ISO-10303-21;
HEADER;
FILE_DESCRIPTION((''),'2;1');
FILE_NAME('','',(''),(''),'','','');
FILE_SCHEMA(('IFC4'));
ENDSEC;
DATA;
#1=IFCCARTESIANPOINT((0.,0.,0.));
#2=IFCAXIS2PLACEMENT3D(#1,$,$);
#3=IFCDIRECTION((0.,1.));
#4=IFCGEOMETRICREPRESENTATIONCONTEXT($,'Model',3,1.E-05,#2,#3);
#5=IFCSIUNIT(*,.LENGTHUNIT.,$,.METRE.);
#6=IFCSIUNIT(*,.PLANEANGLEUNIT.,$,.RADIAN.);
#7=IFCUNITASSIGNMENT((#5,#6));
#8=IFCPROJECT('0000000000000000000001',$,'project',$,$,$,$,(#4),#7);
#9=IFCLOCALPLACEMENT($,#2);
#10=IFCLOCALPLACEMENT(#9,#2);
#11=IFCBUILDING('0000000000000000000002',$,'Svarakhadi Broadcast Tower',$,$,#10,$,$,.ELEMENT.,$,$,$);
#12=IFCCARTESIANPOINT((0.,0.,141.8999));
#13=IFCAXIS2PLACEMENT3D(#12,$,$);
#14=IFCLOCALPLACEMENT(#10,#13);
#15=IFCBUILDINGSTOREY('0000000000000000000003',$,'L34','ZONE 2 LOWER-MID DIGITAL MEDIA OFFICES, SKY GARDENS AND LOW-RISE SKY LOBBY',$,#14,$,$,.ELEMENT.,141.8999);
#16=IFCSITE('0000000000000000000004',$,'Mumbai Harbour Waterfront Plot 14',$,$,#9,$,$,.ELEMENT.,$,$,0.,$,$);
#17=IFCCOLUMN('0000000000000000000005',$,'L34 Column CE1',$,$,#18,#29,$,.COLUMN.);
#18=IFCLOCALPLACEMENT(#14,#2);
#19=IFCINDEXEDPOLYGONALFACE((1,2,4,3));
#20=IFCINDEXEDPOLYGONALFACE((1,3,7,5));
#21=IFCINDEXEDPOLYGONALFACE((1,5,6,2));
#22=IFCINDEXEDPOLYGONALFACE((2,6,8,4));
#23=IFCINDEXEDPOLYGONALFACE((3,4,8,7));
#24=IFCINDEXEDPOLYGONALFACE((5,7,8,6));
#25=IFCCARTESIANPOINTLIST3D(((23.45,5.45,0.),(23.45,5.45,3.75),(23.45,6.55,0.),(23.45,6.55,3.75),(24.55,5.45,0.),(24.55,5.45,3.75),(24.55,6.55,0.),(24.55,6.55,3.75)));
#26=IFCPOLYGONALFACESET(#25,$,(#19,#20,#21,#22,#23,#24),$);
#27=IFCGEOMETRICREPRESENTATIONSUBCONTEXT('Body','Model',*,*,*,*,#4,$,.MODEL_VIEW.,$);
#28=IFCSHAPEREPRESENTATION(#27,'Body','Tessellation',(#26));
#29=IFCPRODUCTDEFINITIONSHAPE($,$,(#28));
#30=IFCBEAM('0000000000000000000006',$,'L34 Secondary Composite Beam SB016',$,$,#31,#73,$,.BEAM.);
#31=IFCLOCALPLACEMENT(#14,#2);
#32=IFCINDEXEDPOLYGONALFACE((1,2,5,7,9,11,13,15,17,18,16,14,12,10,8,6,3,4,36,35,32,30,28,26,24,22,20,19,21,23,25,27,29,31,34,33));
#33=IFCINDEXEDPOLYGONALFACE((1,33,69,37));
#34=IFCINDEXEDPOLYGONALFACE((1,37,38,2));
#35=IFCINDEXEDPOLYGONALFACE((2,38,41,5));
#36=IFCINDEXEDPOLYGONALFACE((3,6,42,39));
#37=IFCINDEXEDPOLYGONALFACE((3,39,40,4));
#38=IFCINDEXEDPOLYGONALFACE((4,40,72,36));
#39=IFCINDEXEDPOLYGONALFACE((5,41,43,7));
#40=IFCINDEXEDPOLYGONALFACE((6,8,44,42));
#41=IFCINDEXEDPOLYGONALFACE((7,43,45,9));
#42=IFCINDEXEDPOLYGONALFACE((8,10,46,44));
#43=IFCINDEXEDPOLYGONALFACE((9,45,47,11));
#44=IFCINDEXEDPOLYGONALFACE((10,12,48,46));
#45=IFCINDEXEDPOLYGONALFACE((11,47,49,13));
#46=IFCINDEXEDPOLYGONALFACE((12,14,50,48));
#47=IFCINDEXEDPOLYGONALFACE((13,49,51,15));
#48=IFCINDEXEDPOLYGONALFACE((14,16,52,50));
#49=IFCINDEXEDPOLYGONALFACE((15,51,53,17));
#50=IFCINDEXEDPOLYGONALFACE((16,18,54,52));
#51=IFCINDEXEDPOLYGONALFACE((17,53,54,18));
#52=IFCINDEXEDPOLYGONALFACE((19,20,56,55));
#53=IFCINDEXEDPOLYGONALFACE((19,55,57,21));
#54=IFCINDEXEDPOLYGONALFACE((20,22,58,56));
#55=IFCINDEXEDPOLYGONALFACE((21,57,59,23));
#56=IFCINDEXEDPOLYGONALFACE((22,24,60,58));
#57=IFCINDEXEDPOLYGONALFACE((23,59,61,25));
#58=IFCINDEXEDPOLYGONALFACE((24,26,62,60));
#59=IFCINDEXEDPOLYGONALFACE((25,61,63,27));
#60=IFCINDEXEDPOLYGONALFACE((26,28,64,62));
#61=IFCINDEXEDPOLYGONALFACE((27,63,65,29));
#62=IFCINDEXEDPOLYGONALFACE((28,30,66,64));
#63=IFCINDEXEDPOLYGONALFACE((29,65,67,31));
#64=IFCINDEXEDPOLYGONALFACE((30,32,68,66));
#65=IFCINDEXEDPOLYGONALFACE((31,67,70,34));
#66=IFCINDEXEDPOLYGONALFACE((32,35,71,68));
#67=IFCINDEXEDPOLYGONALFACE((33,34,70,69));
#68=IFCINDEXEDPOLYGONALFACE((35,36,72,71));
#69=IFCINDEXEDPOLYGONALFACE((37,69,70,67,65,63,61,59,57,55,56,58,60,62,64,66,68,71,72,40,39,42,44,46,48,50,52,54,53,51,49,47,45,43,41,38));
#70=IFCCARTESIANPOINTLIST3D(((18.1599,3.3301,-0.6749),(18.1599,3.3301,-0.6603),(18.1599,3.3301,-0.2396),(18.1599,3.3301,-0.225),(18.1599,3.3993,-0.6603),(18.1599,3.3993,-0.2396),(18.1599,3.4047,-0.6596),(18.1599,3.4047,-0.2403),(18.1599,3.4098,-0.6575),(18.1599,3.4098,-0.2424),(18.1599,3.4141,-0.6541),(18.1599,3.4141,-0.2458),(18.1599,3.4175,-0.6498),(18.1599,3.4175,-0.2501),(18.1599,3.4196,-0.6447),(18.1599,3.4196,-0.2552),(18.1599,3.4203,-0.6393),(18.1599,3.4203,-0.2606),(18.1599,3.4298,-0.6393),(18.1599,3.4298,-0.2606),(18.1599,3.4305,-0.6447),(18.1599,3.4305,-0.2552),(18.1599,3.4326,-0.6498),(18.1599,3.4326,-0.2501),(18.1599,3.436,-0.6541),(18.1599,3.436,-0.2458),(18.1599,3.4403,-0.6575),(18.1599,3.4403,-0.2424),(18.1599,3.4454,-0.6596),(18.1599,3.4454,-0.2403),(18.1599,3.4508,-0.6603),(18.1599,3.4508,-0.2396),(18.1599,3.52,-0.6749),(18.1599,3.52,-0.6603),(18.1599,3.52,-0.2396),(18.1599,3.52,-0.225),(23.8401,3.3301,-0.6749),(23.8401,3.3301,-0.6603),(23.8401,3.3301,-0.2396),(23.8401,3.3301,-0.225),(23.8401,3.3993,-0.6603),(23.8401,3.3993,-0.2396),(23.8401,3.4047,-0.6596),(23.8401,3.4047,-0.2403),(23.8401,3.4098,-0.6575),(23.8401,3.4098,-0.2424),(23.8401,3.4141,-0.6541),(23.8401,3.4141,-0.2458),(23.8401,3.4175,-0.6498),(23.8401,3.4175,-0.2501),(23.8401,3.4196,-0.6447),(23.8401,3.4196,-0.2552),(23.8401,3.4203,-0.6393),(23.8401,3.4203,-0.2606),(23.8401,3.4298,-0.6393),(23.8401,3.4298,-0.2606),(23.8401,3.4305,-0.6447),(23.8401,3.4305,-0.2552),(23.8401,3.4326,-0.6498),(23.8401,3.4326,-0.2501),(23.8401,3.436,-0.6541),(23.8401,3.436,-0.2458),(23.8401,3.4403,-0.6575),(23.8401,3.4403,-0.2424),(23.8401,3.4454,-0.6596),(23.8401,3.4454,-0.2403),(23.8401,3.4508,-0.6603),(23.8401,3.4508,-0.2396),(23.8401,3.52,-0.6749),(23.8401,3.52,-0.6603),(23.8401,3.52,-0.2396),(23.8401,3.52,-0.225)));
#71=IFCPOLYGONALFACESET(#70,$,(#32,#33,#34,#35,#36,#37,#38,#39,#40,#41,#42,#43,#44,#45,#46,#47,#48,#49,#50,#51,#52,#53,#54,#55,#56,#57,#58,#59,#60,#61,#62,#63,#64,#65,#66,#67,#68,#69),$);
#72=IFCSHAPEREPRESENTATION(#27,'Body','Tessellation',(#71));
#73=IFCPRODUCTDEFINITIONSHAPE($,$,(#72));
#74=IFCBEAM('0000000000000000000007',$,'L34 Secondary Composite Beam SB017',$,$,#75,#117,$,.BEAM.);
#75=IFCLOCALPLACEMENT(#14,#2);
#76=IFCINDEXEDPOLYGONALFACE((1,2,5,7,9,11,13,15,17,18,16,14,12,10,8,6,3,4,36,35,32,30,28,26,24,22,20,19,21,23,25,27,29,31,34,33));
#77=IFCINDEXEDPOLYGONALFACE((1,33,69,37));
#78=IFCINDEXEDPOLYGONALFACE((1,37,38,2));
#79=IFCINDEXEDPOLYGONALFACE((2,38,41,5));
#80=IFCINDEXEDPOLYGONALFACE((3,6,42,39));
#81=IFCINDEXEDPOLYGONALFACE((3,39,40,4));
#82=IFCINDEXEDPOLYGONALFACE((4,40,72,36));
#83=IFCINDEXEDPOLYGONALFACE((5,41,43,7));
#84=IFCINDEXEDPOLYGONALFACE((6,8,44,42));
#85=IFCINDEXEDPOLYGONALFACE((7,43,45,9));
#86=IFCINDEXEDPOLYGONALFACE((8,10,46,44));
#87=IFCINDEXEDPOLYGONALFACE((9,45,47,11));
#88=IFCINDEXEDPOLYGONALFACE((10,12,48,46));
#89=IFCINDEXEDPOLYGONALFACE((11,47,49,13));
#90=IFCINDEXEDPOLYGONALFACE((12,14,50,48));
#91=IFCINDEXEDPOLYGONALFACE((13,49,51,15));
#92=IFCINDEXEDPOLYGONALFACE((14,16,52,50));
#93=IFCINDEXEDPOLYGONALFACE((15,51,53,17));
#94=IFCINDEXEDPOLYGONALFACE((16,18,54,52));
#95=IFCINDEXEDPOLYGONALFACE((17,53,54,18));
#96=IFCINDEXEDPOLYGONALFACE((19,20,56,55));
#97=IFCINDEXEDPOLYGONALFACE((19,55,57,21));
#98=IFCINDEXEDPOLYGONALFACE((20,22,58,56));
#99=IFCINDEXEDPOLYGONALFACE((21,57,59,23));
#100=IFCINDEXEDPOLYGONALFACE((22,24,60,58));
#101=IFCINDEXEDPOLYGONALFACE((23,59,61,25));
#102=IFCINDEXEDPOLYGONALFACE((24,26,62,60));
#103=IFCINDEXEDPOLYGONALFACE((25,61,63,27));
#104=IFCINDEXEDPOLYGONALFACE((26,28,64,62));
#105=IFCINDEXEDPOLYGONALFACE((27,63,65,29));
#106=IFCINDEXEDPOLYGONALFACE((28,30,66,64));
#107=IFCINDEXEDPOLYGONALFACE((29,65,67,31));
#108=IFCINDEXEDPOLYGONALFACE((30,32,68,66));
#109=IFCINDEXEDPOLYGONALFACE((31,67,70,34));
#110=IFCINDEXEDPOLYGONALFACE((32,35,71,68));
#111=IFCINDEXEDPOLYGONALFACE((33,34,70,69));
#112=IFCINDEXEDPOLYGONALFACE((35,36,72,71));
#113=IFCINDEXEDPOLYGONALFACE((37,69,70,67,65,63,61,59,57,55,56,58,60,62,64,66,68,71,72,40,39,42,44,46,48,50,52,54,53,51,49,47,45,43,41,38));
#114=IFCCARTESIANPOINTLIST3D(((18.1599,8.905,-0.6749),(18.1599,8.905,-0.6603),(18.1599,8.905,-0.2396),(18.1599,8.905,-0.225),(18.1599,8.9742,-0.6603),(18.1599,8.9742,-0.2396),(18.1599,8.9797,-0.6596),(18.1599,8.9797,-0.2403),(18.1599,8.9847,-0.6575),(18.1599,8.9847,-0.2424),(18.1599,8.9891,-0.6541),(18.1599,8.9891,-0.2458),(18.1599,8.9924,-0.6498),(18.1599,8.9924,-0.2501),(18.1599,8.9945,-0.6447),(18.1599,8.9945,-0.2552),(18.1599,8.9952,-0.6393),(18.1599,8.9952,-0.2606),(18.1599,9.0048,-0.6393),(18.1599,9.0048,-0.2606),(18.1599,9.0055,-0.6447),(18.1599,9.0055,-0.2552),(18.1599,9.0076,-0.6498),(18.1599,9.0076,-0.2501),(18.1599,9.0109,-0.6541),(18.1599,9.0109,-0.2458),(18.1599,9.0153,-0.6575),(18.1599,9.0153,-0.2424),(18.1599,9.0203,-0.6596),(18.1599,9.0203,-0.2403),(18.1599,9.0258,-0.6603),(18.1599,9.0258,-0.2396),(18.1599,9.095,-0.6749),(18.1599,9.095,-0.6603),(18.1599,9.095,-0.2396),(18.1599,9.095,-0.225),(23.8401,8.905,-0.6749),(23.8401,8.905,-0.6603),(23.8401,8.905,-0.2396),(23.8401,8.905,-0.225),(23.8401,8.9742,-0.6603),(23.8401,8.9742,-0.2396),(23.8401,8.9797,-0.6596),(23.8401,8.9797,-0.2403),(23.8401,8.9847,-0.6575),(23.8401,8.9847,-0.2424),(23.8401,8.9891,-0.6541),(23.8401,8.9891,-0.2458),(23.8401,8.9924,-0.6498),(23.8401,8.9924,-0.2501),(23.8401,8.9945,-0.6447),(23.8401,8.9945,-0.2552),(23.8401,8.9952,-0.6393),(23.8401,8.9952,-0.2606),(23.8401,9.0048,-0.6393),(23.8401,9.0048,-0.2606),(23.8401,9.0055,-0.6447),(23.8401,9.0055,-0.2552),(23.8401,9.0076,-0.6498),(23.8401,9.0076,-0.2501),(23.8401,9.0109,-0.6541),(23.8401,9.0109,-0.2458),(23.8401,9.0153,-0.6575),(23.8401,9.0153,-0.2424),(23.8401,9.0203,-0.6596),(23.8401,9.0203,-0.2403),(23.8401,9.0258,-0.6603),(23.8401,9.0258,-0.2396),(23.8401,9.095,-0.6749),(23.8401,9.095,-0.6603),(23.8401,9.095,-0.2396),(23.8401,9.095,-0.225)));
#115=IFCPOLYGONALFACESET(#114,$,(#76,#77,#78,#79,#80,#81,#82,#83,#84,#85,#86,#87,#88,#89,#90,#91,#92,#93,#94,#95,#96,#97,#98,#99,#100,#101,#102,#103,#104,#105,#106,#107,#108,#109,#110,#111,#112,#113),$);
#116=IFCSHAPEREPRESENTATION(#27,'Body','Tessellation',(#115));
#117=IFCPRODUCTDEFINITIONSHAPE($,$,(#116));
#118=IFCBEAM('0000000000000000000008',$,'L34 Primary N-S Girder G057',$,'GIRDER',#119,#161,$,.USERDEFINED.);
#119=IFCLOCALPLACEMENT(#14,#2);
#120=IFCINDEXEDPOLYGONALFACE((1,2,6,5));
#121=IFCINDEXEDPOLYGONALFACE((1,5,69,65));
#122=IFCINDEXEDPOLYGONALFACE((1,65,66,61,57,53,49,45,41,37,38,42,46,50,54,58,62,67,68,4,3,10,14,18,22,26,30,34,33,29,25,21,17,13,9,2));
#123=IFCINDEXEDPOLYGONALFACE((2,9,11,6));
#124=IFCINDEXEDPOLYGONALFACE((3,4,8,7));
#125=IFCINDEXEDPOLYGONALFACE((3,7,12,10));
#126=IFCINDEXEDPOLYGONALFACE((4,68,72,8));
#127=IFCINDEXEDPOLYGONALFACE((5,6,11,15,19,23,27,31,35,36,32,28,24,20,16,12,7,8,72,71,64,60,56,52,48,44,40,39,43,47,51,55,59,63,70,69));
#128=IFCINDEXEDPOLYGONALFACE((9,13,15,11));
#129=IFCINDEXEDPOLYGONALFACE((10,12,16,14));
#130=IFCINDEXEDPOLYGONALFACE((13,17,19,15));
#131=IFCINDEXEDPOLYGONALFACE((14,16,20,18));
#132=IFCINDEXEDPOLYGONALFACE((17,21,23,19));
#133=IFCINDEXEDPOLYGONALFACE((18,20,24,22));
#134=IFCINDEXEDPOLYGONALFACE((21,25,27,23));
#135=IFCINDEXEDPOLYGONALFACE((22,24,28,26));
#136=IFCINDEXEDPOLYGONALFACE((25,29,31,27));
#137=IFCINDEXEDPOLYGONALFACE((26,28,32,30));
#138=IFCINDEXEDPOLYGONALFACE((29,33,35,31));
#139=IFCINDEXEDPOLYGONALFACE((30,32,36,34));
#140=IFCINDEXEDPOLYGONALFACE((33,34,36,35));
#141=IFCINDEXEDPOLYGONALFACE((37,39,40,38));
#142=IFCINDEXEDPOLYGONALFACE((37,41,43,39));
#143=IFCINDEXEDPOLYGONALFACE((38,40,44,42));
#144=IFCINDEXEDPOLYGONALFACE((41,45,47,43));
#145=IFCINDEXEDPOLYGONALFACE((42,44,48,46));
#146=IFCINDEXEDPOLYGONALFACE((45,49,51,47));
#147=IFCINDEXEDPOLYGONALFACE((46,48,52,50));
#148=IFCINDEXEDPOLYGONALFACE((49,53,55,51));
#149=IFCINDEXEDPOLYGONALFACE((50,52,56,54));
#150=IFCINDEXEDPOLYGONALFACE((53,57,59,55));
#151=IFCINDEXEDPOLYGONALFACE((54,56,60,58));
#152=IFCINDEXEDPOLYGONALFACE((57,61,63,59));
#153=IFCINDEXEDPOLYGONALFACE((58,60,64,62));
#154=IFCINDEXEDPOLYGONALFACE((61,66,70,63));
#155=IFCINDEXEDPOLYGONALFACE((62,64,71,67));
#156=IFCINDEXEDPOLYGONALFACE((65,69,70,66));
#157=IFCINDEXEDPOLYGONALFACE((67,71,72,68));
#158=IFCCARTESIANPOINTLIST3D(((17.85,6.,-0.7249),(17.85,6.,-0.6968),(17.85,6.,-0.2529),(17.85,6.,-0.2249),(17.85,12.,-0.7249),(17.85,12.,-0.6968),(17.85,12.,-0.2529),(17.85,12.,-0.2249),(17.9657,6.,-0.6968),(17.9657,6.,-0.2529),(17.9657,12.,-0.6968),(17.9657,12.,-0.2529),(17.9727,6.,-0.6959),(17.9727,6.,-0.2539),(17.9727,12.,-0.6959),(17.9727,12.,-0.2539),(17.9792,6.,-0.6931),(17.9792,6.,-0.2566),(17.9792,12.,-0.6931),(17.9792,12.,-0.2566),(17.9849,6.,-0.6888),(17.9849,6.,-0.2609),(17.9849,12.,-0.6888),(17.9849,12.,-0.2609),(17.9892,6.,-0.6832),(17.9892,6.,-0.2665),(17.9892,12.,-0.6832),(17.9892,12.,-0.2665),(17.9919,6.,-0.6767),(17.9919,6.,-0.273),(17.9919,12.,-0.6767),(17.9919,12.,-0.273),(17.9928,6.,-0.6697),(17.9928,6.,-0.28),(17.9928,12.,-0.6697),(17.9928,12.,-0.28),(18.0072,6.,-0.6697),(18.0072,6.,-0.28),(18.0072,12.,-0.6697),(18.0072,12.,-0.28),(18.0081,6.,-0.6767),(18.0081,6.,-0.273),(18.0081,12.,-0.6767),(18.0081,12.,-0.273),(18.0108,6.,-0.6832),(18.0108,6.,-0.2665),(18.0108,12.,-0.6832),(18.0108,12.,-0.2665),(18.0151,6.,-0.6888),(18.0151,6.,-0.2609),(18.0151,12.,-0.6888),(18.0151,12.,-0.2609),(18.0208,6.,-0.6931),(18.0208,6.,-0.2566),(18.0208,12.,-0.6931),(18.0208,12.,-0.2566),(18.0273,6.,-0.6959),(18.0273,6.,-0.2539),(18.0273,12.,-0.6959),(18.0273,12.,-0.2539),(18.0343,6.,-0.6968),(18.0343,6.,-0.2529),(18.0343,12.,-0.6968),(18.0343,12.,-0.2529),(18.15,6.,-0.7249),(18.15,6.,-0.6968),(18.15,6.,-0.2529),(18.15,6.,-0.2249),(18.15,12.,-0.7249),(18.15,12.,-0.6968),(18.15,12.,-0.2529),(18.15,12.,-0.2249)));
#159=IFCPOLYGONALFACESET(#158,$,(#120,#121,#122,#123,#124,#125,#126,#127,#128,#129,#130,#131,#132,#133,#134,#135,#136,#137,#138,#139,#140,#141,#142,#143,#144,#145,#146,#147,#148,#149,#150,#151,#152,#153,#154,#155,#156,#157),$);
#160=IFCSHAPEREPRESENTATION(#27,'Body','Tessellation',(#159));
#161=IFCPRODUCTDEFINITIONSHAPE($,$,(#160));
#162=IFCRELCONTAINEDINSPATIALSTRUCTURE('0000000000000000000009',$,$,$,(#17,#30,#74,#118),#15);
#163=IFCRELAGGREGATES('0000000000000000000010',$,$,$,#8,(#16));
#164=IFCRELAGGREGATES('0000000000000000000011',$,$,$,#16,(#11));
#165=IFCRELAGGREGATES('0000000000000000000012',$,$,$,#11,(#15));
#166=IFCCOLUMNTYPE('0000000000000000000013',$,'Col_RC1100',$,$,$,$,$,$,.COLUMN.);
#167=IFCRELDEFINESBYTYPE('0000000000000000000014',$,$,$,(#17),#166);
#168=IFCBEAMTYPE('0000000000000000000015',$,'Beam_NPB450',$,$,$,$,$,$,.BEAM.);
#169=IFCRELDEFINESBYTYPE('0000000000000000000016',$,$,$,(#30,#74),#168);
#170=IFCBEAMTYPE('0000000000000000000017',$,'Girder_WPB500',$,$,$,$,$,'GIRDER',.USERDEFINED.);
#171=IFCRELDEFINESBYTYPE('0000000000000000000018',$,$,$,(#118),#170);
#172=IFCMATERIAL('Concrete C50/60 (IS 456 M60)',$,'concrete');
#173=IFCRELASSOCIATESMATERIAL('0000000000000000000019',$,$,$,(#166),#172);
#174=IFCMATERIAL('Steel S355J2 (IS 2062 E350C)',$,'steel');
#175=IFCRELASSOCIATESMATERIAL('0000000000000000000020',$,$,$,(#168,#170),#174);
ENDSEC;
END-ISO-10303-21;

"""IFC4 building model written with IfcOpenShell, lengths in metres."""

from ifc_helpers import new_model, si_unit, direction, frame, origin, origin_2d, place, context, subcontext, project, spatial, rectangle, i_section, extrude, material, material_profile, profile_set, type_object, element, save


model = new_model("IFC4")

# Units and contexts
model_context = context("Model", 3, precision=1e-05, world=origin(), true_north=direction((0.0, 1.0)))
body_context = subcontext(model_context, "Body", "Model", "MODEL_VIEW")
ifc_project = project(units=[si_unit("LENGTHUNIT", "METRE"), si_unit("PLANEANGLEUNIT", "RADIAN")], contexts=[model_context])

# Site, building, storey
site_placement = place(None, origin())
site = spatial("IfcSite", under=ifc_project, at=site_placement, Name="Mumbai Harbour Waterfront Plot 14", CompositionType="ELEMENT", RefElevation=0.0)
building_placement = place(site_placement, origin())
building = spatial("IfcBuilding", under=site, at=building_placement, Name="Svarakhadi Broadcast Tower", CompositionType="ELEMENT")
storey_placement = place(building_placement, frame((0.0, 0.0, 141.8999)))
storey = spatial("IfcBuildingStorey", under=building, at=storey_placement, Name="L34", Description="ZONE 2 LOWER-MID DIGITAL MEDIA OFFICES, SKY GARDENS AND LOW-RISE SKY LOBBY", CompositionType="ELEMENT", Elevation=141.8999)

# Column
ifc_material_1 = material(Name="Concrete C50/60 (IS 456 M60)", Category="concrete")
ifc_material_profile_1 = material_profile(ifc_material_1, rectangle(XDim=1.1001, YDim=1.1001, at=origin_2d()), Name="RC 1100x1100")
ifc_profile_set_1 = profile_set([ifc_material_profile_1], Name="Concrete C50/60 (IS 456 M60)")
column_type = type_object("IfcColumnType", Name="Col_RC1100", PredefinedType="COLUMN", material=ifc_profile_set_1)
column_placement = place(storey_placement, frame((24.0, 6.0, 0.0), z_axis=(0.0, 0.0, 1.0), x_axis=(1.0, 0.0, 0.0)))
element("IfcColumn", 1, at=column_placement, inside=storey, type_object=column_type, Name="L34 Column CE1", PredefinedType="COLUMN", context=body_context, shape_type="SweptSolid", body=[
    extrude(rectangle(XDim=1.1001, YDim=1.1001, at=origin_2d()), origin(), (0.0, 0.0, 1.0), 3.75),
])

# Beams
ifc_material_2 = material(Name="Steel S355J2 (IS 2062 E350C)", Category="steel")
ifc_material_profile_2 = material_profile(ifc_material_2, i_section(OverallWidth=0.1899, OverallDepth=0.45, WebThickness=0.0095, FlangeThickness=0.0146, FilletRadius=0.021, at=origin_2d()), Name="NPB 450x190x78")
ifc_profile_set_2 = profile_set([ifc_material_profile_2], Name="Steel S355J2 (IS 2062 E350C)")
beam_type_1 = type_object("IfcBeamType", Name="Beam_NPB450", PredefinedType="BEAM", material=ifc_profile_set_2)
for number, where, z_axis, x_axis, name in (
    (2, (18.1599, 3.425, -0.45), (1.0, 0.0, 0.0), (0.0, 1.0, 0.0), "L34 Secondary Composite Beam SB016"),
    (3, (18.1599, 9.0, -0.45), (1.0, 0.0, 0.0), (0.0, 1.0, 0.0), "L34 Secondary Composite Beam SB017"),
):
    element("IfcBeam", number, at=place(storey_placement, frame(where, z_axis=z_axis, x_axis=x_axis)), inside=storey, type_object=beam_type_1, Name=name, PredefinedType="BEAM", context=body_context, shape_type="SweptSolid", body=[
        extrude(i_section(OverallWidth=0.1899, OverallDepth=0.45, WebThickness=0.0095, FlangeThickness=0.0146, FilletRadius=0.021, at=origin_2d()), origin(), (0.0, 0.0, 1.0), 5.6802),
    ])
ifc_material_profile_3 = material_profile(ifc_material_2, i_section(OverallWidth=0.3, OverallDepth=0.5, WebThickness=0.0144, FlangeThickness=0.0281, FilletRadius=0.0271, at=origin_2d()), Name="WPB 500x300x187")
ifc_profile_set_3 = profile_set([ifc_material_profile_3], Name="Steel S355J2 (IS 2062 E350C)")
beam_type_2 = type_object("IfcBeamType", Name="Girder_WPB500", ElementType="GIRDER", PredefinedType="USERDEFINED", material=ifc_profile_set_3)
for number, where, z_axis, x_axis, name in (
    (4, (18.0, 6.0, -0.4749), (0.0, 1.0, 0.0), (-1.0, 0.0, 0.0), "L34 Primary N-S Girder G057"),
):
    element("IfcBeam", number, at=place(storey_placement, frame(where, z_axis=z_axis, x_axis=x_axis)), inside=storey, type_object=beam_type_2, Name=name, ObjectType="GIRDER", PredefinedType="USERDEFINED", context=body_context, shape_type="SweptSolid", body=[
        extrude(i_section(OverallWidth=0.3, OverallDepth=0.5, WebThickness=0.0144, FlangeThickness=0.0281, FilletRadius=0.0271, at=origin_2d()), origin(), (0.0, 0.0, 1.0), 6.0),
    ])

save(model, "model.ifc")
